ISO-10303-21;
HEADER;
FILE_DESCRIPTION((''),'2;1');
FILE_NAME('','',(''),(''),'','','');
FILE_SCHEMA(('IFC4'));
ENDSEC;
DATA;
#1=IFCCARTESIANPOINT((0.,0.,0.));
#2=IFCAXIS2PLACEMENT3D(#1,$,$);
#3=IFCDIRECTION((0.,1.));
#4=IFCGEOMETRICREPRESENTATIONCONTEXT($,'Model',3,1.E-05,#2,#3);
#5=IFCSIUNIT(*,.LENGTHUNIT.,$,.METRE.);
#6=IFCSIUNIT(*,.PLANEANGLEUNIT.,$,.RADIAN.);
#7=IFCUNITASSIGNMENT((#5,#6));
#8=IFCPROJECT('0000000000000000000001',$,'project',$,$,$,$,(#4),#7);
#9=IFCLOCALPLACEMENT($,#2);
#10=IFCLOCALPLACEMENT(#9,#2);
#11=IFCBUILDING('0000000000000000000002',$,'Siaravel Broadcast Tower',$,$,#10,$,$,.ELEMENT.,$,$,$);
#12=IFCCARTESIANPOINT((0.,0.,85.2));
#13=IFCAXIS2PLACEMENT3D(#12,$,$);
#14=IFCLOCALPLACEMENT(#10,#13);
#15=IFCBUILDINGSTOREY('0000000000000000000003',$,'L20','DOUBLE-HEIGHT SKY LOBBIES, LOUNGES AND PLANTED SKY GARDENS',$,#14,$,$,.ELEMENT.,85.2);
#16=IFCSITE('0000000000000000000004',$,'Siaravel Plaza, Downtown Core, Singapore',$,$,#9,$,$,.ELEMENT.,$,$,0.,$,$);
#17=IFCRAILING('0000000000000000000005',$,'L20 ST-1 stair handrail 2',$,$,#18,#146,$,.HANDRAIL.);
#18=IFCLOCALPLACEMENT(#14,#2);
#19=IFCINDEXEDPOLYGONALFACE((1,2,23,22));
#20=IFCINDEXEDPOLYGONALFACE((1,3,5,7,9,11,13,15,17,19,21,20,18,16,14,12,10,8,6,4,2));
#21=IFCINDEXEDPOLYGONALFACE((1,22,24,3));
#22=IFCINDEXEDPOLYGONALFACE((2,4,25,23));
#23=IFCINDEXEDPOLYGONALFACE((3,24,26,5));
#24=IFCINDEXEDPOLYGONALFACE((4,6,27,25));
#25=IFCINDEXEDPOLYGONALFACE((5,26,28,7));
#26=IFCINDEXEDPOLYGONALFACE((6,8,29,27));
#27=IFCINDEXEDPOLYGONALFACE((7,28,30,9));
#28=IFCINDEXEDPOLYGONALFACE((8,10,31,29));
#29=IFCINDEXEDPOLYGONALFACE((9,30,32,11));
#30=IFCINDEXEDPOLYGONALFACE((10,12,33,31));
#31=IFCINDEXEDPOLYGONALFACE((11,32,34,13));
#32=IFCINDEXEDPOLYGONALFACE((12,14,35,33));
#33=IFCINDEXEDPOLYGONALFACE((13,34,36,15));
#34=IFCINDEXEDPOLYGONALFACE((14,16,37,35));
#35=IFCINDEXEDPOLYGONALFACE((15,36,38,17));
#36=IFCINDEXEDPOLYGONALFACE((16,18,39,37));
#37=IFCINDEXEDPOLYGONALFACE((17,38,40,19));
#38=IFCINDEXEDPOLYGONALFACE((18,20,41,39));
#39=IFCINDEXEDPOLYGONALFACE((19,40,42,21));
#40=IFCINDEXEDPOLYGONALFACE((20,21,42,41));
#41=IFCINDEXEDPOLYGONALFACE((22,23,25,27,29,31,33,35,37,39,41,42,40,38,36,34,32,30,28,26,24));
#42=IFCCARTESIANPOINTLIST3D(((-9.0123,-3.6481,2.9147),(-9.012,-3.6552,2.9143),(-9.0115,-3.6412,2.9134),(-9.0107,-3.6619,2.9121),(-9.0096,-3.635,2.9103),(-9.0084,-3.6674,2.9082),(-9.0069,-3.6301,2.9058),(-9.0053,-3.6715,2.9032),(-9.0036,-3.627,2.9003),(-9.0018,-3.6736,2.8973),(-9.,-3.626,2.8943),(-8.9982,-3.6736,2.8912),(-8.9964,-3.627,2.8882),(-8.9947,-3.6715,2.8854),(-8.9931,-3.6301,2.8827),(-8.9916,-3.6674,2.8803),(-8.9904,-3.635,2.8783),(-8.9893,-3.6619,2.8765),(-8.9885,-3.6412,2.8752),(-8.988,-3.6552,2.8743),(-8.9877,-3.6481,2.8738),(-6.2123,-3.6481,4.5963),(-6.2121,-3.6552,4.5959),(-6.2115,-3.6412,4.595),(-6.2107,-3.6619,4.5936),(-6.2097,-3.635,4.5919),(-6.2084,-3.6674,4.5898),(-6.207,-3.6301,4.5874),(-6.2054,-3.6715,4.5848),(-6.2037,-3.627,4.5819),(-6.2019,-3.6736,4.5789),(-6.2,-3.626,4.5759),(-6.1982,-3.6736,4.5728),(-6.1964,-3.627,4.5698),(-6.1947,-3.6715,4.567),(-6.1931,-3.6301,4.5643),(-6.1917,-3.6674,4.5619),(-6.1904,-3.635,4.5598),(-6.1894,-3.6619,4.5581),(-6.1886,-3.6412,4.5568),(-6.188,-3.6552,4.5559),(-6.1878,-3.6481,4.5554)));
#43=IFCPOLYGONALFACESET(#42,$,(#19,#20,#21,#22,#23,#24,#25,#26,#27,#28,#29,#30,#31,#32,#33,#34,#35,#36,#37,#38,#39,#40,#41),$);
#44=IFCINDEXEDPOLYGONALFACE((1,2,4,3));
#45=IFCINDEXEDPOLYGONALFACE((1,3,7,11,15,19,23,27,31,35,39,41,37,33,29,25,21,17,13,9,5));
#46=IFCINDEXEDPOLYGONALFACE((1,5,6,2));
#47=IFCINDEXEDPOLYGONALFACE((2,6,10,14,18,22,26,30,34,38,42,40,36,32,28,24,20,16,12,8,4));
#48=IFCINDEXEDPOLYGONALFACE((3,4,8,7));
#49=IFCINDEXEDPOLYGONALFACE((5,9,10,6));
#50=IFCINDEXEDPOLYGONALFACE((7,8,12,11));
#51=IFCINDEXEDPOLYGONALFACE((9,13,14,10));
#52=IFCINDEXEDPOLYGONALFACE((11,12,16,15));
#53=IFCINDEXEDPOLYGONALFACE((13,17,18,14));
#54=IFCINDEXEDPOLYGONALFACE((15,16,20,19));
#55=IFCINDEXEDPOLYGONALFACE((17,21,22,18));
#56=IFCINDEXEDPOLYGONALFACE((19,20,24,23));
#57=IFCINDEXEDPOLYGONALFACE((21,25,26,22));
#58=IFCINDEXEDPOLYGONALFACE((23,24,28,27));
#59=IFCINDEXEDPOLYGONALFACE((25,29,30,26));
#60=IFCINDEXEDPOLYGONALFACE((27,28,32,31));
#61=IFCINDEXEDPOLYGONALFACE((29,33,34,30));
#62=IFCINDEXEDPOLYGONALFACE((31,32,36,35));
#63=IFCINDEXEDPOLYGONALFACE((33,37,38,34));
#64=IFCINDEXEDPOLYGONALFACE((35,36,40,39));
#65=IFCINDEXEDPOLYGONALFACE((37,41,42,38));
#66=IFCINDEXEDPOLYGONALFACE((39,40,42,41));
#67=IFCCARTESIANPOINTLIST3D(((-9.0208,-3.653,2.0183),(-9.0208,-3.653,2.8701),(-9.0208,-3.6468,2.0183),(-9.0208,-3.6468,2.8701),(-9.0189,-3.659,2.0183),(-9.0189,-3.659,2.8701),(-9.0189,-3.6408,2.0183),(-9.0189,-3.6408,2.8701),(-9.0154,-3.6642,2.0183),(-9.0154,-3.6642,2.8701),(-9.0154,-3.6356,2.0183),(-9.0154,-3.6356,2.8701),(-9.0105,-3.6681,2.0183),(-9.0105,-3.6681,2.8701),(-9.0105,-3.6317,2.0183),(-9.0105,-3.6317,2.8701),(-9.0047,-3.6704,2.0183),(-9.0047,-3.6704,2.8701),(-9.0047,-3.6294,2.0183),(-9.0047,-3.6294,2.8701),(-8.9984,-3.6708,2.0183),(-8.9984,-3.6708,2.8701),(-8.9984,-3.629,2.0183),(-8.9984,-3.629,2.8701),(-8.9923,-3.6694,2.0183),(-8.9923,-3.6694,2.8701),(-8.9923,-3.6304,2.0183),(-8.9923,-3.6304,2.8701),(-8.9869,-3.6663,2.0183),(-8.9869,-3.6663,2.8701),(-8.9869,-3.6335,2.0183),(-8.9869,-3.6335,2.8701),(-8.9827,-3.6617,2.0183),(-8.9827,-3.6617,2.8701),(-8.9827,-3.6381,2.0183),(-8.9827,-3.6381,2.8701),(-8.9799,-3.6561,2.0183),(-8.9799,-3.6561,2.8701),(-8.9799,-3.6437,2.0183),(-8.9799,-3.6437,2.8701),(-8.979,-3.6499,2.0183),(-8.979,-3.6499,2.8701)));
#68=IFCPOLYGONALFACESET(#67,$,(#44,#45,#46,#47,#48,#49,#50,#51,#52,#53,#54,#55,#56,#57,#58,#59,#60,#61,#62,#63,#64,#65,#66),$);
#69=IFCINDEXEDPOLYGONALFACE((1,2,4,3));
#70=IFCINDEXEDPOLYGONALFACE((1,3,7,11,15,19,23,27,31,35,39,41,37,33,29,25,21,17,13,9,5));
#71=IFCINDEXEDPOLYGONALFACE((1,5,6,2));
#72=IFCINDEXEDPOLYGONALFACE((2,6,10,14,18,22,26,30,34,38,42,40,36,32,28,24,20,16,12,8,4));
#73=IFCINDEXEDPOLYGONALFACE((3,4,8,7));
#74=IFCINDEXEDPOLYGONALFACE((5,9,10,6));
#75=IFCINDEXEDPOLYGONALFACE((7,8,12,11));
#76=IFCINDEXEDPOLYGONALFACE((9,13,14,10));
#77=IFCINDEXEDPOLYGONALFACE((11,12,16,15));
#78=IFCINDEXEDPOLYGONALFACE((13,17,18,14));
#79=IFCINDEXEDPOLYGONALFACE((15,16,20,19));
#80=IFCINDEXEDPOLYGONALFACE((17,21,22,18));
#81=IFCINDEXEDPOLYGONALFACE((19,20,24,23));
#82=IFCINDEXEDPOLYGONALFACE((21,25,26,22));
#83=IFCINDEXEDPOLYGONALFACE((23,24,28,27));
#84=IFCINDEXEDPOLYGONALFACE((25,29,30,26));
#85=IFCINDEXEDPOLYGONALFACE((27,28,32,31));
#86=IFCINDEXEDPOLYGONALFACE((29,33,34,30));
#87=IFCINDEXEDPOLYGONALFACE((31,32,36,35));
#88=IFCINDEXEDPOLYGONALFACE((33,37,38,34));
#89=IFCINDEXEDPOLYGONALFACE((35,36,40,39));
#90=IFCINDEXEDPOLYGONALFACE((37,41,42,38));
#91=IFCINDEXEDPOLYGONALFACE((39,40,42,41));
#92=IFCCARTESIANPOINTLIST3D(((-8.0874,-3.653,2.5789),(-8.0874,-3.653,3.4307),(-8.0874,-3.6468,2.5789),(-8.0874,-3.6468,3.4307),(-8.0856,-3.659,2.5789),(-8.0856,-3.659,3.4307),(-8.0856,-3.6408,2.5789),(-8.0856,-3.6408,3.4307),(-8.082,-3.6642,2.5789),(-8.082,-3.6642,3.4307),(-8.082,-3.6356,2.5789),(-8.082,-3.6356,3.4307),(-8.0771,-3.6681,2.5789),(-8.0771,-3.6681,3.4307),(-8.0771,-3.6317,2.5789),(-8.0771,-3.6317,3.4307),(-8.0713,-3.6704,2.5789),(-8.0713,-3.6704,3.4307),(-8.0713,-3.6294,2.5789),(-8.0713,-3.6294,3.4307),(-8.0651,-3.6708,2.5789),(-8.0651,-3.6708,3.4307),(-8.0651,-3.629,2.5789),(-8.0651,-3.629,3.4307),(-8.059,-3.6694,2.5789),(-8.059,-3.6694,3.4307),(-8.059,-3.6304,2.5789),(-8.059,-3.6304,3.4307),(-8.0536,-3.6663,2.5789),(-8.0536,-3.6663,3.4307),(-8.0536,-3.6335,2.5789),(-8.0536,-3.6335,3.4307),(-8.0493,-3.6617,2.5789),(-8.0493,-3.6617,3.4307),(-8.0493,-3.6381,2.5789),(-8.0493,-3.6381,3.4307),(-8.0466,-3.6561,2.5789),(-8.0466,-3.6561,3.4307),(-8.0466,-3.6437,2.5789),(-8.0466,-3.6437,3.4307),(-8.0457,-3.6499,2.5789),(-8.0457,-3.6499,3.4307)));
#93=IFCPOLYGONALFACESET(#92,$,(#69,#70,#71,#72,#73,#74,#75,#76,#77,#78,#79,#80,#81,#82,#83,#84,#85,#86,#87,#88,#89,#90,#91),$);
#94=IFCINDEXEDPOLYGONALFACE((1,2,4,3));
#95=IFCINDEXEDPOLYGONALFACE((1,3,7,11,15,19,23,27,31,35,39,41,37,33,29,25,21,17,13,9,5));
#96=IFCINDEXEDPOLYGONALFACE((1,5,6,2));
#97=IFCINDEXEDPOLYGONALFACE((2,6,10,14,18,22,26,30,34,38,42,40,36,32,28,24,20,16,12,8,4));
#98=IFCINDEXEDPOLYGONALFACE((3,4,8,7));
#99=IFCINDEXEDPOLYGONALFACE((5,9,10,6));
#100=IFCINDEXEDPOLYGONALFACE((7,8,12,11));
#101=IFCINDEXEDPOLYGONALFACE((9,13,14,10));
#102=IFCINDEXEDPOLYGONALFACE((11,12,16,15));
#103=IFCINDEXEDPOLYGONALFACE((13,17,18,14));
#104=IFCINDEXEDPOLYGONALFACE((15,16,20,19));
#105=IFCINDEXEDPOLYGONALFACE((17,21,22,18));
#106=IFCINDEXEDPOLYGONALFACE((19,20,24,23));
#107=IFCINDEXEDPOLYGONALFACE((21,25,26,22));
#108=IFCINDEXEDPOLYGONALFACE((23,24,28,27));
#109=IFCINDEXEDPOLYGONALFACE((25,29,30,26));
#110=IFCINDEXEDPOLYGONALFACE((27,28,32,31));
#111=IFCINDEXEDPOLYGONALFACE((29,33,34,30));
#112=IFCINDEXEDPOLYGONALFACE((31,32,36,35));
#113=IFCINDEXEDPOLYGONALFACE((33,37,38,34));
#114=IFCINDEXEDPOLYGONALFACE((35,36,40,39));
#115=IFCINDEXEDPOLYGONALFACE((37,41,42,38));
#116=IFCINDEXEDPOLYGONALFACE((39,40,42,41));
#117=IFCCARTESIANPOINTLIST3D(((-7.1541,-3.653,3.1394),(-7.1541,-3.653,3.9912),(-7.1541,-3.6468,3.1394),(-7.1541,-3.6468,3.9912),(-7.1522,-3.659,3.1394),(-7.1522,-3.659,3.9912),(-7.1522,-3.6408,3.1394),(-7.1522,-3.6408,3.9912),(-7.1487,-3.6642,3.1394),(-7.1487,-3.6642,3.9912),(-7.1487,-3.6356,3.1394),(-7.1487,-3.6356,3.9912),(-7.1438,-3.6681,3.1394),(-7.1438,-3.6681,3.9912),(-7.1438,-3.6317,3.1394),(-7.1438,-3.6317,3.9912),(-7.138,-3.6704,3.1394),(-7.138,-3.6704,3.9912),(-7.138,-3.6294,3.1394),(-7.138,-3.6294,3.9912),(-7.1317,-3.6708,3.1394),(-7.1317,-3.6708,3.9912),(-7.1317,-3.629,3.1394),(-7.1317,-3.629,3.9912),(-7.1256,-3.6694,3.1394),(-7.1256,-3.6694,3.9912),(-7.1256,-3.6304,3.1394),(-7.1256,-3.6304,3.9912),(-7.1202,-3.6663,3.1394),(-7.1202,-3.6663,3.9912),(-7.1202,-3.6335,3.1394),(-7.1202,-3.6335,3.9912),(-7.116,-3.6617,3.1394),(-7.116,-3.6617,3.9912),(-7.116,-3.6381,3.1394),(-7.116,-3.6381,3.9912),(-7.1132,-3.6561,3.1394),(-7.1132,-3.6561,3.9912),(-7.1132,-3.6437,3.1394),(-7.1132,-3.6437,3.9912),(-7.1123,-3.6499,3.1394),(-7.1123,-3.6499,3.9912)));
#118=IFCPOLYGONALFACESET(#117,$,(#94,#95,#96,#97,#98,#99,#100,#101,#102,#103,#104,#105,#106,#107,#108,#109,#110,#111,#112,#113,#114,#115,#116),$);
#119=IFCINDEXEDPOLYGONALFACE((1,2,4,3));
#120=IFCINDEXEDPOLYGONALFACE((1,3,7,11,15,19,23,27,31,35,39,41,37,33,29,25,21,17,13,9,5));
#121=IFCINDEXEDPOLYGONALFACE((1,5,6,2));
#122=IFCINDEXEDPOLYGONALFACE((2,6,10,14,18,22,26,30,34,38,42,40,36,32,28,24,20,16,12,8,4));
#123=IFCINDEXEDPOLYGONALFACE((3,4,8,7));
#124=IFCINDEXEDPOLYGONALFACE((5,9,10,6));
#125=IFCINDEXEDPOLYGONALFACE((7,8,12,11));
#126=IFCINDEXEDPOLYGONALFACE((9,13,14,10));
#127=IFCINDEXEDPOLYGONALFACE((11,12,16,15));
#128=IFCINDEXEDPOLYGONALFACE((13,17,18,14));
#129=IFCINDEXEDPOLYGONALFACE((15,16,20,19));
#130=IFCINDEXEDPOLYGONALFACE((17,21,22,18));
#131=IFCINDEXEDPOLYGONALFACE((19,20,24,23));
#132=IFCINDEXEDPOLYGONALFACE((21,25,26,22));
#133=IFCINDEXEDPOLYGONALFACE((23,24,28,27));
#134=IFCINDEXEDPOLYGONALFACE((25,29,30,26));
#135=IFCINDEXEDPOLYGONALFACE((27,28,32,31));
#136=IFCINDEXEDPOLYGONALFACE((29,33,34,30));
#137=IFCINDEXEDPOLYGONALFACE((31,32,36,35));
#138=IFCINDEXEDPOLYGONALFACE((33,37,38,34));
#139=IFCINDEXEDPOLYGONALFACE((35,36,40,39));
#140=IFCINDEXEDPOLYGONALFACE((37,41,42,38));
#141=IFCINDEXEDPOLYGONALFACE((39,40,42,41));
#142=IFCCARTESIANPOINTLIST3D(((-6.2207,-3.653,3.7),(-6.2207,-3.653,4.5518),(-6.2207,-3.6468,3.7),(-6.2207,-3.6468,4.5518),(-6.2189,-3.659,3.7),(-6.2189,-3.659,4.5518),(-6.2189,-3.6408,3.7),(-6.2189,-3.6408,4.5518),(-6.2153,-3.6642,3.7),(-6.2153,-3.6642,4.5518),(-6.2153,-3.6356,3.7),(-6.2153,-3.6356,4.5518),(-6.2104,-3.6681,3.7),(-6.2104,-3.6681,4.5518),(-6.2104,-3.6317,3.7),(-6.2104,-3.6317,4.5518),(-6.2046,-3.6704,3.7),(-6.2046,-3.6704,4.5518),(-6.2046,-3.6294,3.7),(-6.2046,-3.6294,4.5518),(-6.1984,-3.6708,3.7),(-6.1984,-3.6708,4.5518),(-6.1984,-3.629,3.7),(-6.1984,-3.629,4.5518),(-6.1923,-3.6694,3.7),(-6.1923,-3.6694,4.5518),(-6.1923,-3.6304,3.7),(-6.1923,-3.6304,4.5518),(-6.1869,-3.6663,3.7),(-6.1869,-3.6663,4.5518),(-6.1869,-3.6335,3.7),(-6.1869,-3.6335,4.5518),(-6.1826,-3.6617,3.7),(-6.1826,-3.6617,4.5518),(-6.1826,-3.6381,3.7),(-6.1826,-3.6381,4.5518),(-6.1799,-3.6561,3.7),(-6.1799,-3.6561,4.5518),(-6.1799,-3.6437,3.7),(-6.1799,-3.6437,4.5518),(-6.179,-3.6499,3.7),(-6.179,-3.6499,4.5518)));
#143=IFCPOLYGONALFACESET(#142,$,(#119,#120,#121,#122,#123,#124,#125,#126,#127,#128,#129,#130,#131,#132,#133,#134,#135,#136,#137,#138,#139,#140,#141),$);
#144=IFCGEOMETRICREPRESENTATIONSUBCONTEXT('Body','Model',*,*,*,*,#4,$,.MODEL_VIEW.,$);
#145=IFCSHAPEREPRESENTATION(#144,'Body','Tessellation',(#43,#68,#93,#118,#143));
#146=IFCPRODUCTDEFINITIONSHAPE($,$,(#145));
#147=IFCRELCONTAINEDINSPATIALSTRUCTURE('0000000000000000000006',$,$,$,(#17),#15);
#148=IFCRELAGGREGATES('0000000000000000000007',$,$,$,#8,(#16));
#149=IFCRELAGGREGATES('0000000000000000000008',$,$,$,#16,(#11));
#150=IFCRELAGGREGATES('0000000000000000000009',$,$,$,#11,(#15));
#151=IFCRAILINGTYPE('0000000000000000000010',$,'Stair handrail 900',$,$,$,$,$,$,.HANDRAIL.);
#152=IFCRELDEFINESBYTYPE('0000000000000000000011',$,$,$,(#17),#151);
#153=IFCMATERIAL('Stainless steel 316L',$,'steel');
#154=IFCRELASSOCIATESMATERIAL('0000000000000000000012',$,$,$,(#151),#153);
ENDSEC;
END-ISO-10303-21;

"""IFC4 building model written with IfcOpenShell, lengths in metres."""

from ifc_helpers import new_model, si_unit, direction, frame, origin, origin_2d, place, context, subcontext, project, spatial, circle, extrude, material, type_object, element, save


model = new_model("IFC4")

# Units and contexts
model_context = context("Model", 3, precision=1e-05, world=origin(), true_north=direction((0.0, 1.0)))
body_context = subcontext(model_context, "Body", "Model", "MODEL_VIEW")
ifc_project = project(units=[si_unit("LENGTHUNIT", "METRE"), si_unit("PLANEANGLEUNIT", "RADIAN")], contexts=[model_context])

# Site, building, storey
site_placement = place(None, origin())
site = spatial("IfcSite", under=ifc_project, at=site_placement, Name="Siaravel Plaza, Downtown Core, Singapore", CompositionType="ELEMENT", RefElevation=0.0)
building_placement = place(site_placement, origin())
building = spatial("IfcBuilding", under=site, at=building_placement, Name="Siaravel Broadcast Tower", CompositionType="ELEMENT")
storey_placement = place(building_placement, frame((0.0, 0.0, 85.2)))
storey = spatial("IfcBuildingStorey", under=building, at=storey_placement, Name="L20", Description="DOUBLE-HEIGHT SKY LOBBIES, LOUNGES AND PLANTED SKY GARDENS", CompositionType="ELEMENT", Elevation=85.2)

# Railing
ifc_material_1 = material(Name="Stainless steel 316L", Category="steel")
railing_type_1 = type_object("IfcRailingType", Name="Stair handrail 900", PredefinedType="HANDRAIL", material=ifc_material_1)
railing_1_placement = place(storey_placement, frame((-9.0, -3.6499, 2.0183)))
element("IfcRailing", 1, at=railing_1_placement, inside=storey, type_object=railing_type_1, Name="L20 ST-1 stair handrail 2", PredefinedType="HANDRAIL", context=body_context, shape_type="SweptSolid", body=[
    extrude(circle(Radius=0.0239, at=origin_2d()), frame((0.0, 0.0, 0.876), z_axis=(0.857275, 0.0, 0.514858), x_axis=(0.0, 1.0, 0.0)), (0.0, 0.0, 1.0), 3.2661),
    extrude(circle(Radius=0.021, at=origin_2d()), origin(), (0.0, 0.0, 1.0), 0.8518),
    extrude(circle(Radius=0.021, at=origin_2d()), frame((0.9333, 0.0, 0.5605)), (0.0, 0.0, 1.0), 0.8518),
    extrude(circle(Radius=0.021, at=origin_2d()), frame((1.8667, 0.0, 1.1211)), (0.0, 0.0, 1.0), 0.8518),
    extrude(circle(Radius=0.021, at=origin_2d()), frame((2.8, 0.0, 1.6816)), (0.0, 0.0, 1.0), 0.8518),
])

save(model, "model.ifc")
